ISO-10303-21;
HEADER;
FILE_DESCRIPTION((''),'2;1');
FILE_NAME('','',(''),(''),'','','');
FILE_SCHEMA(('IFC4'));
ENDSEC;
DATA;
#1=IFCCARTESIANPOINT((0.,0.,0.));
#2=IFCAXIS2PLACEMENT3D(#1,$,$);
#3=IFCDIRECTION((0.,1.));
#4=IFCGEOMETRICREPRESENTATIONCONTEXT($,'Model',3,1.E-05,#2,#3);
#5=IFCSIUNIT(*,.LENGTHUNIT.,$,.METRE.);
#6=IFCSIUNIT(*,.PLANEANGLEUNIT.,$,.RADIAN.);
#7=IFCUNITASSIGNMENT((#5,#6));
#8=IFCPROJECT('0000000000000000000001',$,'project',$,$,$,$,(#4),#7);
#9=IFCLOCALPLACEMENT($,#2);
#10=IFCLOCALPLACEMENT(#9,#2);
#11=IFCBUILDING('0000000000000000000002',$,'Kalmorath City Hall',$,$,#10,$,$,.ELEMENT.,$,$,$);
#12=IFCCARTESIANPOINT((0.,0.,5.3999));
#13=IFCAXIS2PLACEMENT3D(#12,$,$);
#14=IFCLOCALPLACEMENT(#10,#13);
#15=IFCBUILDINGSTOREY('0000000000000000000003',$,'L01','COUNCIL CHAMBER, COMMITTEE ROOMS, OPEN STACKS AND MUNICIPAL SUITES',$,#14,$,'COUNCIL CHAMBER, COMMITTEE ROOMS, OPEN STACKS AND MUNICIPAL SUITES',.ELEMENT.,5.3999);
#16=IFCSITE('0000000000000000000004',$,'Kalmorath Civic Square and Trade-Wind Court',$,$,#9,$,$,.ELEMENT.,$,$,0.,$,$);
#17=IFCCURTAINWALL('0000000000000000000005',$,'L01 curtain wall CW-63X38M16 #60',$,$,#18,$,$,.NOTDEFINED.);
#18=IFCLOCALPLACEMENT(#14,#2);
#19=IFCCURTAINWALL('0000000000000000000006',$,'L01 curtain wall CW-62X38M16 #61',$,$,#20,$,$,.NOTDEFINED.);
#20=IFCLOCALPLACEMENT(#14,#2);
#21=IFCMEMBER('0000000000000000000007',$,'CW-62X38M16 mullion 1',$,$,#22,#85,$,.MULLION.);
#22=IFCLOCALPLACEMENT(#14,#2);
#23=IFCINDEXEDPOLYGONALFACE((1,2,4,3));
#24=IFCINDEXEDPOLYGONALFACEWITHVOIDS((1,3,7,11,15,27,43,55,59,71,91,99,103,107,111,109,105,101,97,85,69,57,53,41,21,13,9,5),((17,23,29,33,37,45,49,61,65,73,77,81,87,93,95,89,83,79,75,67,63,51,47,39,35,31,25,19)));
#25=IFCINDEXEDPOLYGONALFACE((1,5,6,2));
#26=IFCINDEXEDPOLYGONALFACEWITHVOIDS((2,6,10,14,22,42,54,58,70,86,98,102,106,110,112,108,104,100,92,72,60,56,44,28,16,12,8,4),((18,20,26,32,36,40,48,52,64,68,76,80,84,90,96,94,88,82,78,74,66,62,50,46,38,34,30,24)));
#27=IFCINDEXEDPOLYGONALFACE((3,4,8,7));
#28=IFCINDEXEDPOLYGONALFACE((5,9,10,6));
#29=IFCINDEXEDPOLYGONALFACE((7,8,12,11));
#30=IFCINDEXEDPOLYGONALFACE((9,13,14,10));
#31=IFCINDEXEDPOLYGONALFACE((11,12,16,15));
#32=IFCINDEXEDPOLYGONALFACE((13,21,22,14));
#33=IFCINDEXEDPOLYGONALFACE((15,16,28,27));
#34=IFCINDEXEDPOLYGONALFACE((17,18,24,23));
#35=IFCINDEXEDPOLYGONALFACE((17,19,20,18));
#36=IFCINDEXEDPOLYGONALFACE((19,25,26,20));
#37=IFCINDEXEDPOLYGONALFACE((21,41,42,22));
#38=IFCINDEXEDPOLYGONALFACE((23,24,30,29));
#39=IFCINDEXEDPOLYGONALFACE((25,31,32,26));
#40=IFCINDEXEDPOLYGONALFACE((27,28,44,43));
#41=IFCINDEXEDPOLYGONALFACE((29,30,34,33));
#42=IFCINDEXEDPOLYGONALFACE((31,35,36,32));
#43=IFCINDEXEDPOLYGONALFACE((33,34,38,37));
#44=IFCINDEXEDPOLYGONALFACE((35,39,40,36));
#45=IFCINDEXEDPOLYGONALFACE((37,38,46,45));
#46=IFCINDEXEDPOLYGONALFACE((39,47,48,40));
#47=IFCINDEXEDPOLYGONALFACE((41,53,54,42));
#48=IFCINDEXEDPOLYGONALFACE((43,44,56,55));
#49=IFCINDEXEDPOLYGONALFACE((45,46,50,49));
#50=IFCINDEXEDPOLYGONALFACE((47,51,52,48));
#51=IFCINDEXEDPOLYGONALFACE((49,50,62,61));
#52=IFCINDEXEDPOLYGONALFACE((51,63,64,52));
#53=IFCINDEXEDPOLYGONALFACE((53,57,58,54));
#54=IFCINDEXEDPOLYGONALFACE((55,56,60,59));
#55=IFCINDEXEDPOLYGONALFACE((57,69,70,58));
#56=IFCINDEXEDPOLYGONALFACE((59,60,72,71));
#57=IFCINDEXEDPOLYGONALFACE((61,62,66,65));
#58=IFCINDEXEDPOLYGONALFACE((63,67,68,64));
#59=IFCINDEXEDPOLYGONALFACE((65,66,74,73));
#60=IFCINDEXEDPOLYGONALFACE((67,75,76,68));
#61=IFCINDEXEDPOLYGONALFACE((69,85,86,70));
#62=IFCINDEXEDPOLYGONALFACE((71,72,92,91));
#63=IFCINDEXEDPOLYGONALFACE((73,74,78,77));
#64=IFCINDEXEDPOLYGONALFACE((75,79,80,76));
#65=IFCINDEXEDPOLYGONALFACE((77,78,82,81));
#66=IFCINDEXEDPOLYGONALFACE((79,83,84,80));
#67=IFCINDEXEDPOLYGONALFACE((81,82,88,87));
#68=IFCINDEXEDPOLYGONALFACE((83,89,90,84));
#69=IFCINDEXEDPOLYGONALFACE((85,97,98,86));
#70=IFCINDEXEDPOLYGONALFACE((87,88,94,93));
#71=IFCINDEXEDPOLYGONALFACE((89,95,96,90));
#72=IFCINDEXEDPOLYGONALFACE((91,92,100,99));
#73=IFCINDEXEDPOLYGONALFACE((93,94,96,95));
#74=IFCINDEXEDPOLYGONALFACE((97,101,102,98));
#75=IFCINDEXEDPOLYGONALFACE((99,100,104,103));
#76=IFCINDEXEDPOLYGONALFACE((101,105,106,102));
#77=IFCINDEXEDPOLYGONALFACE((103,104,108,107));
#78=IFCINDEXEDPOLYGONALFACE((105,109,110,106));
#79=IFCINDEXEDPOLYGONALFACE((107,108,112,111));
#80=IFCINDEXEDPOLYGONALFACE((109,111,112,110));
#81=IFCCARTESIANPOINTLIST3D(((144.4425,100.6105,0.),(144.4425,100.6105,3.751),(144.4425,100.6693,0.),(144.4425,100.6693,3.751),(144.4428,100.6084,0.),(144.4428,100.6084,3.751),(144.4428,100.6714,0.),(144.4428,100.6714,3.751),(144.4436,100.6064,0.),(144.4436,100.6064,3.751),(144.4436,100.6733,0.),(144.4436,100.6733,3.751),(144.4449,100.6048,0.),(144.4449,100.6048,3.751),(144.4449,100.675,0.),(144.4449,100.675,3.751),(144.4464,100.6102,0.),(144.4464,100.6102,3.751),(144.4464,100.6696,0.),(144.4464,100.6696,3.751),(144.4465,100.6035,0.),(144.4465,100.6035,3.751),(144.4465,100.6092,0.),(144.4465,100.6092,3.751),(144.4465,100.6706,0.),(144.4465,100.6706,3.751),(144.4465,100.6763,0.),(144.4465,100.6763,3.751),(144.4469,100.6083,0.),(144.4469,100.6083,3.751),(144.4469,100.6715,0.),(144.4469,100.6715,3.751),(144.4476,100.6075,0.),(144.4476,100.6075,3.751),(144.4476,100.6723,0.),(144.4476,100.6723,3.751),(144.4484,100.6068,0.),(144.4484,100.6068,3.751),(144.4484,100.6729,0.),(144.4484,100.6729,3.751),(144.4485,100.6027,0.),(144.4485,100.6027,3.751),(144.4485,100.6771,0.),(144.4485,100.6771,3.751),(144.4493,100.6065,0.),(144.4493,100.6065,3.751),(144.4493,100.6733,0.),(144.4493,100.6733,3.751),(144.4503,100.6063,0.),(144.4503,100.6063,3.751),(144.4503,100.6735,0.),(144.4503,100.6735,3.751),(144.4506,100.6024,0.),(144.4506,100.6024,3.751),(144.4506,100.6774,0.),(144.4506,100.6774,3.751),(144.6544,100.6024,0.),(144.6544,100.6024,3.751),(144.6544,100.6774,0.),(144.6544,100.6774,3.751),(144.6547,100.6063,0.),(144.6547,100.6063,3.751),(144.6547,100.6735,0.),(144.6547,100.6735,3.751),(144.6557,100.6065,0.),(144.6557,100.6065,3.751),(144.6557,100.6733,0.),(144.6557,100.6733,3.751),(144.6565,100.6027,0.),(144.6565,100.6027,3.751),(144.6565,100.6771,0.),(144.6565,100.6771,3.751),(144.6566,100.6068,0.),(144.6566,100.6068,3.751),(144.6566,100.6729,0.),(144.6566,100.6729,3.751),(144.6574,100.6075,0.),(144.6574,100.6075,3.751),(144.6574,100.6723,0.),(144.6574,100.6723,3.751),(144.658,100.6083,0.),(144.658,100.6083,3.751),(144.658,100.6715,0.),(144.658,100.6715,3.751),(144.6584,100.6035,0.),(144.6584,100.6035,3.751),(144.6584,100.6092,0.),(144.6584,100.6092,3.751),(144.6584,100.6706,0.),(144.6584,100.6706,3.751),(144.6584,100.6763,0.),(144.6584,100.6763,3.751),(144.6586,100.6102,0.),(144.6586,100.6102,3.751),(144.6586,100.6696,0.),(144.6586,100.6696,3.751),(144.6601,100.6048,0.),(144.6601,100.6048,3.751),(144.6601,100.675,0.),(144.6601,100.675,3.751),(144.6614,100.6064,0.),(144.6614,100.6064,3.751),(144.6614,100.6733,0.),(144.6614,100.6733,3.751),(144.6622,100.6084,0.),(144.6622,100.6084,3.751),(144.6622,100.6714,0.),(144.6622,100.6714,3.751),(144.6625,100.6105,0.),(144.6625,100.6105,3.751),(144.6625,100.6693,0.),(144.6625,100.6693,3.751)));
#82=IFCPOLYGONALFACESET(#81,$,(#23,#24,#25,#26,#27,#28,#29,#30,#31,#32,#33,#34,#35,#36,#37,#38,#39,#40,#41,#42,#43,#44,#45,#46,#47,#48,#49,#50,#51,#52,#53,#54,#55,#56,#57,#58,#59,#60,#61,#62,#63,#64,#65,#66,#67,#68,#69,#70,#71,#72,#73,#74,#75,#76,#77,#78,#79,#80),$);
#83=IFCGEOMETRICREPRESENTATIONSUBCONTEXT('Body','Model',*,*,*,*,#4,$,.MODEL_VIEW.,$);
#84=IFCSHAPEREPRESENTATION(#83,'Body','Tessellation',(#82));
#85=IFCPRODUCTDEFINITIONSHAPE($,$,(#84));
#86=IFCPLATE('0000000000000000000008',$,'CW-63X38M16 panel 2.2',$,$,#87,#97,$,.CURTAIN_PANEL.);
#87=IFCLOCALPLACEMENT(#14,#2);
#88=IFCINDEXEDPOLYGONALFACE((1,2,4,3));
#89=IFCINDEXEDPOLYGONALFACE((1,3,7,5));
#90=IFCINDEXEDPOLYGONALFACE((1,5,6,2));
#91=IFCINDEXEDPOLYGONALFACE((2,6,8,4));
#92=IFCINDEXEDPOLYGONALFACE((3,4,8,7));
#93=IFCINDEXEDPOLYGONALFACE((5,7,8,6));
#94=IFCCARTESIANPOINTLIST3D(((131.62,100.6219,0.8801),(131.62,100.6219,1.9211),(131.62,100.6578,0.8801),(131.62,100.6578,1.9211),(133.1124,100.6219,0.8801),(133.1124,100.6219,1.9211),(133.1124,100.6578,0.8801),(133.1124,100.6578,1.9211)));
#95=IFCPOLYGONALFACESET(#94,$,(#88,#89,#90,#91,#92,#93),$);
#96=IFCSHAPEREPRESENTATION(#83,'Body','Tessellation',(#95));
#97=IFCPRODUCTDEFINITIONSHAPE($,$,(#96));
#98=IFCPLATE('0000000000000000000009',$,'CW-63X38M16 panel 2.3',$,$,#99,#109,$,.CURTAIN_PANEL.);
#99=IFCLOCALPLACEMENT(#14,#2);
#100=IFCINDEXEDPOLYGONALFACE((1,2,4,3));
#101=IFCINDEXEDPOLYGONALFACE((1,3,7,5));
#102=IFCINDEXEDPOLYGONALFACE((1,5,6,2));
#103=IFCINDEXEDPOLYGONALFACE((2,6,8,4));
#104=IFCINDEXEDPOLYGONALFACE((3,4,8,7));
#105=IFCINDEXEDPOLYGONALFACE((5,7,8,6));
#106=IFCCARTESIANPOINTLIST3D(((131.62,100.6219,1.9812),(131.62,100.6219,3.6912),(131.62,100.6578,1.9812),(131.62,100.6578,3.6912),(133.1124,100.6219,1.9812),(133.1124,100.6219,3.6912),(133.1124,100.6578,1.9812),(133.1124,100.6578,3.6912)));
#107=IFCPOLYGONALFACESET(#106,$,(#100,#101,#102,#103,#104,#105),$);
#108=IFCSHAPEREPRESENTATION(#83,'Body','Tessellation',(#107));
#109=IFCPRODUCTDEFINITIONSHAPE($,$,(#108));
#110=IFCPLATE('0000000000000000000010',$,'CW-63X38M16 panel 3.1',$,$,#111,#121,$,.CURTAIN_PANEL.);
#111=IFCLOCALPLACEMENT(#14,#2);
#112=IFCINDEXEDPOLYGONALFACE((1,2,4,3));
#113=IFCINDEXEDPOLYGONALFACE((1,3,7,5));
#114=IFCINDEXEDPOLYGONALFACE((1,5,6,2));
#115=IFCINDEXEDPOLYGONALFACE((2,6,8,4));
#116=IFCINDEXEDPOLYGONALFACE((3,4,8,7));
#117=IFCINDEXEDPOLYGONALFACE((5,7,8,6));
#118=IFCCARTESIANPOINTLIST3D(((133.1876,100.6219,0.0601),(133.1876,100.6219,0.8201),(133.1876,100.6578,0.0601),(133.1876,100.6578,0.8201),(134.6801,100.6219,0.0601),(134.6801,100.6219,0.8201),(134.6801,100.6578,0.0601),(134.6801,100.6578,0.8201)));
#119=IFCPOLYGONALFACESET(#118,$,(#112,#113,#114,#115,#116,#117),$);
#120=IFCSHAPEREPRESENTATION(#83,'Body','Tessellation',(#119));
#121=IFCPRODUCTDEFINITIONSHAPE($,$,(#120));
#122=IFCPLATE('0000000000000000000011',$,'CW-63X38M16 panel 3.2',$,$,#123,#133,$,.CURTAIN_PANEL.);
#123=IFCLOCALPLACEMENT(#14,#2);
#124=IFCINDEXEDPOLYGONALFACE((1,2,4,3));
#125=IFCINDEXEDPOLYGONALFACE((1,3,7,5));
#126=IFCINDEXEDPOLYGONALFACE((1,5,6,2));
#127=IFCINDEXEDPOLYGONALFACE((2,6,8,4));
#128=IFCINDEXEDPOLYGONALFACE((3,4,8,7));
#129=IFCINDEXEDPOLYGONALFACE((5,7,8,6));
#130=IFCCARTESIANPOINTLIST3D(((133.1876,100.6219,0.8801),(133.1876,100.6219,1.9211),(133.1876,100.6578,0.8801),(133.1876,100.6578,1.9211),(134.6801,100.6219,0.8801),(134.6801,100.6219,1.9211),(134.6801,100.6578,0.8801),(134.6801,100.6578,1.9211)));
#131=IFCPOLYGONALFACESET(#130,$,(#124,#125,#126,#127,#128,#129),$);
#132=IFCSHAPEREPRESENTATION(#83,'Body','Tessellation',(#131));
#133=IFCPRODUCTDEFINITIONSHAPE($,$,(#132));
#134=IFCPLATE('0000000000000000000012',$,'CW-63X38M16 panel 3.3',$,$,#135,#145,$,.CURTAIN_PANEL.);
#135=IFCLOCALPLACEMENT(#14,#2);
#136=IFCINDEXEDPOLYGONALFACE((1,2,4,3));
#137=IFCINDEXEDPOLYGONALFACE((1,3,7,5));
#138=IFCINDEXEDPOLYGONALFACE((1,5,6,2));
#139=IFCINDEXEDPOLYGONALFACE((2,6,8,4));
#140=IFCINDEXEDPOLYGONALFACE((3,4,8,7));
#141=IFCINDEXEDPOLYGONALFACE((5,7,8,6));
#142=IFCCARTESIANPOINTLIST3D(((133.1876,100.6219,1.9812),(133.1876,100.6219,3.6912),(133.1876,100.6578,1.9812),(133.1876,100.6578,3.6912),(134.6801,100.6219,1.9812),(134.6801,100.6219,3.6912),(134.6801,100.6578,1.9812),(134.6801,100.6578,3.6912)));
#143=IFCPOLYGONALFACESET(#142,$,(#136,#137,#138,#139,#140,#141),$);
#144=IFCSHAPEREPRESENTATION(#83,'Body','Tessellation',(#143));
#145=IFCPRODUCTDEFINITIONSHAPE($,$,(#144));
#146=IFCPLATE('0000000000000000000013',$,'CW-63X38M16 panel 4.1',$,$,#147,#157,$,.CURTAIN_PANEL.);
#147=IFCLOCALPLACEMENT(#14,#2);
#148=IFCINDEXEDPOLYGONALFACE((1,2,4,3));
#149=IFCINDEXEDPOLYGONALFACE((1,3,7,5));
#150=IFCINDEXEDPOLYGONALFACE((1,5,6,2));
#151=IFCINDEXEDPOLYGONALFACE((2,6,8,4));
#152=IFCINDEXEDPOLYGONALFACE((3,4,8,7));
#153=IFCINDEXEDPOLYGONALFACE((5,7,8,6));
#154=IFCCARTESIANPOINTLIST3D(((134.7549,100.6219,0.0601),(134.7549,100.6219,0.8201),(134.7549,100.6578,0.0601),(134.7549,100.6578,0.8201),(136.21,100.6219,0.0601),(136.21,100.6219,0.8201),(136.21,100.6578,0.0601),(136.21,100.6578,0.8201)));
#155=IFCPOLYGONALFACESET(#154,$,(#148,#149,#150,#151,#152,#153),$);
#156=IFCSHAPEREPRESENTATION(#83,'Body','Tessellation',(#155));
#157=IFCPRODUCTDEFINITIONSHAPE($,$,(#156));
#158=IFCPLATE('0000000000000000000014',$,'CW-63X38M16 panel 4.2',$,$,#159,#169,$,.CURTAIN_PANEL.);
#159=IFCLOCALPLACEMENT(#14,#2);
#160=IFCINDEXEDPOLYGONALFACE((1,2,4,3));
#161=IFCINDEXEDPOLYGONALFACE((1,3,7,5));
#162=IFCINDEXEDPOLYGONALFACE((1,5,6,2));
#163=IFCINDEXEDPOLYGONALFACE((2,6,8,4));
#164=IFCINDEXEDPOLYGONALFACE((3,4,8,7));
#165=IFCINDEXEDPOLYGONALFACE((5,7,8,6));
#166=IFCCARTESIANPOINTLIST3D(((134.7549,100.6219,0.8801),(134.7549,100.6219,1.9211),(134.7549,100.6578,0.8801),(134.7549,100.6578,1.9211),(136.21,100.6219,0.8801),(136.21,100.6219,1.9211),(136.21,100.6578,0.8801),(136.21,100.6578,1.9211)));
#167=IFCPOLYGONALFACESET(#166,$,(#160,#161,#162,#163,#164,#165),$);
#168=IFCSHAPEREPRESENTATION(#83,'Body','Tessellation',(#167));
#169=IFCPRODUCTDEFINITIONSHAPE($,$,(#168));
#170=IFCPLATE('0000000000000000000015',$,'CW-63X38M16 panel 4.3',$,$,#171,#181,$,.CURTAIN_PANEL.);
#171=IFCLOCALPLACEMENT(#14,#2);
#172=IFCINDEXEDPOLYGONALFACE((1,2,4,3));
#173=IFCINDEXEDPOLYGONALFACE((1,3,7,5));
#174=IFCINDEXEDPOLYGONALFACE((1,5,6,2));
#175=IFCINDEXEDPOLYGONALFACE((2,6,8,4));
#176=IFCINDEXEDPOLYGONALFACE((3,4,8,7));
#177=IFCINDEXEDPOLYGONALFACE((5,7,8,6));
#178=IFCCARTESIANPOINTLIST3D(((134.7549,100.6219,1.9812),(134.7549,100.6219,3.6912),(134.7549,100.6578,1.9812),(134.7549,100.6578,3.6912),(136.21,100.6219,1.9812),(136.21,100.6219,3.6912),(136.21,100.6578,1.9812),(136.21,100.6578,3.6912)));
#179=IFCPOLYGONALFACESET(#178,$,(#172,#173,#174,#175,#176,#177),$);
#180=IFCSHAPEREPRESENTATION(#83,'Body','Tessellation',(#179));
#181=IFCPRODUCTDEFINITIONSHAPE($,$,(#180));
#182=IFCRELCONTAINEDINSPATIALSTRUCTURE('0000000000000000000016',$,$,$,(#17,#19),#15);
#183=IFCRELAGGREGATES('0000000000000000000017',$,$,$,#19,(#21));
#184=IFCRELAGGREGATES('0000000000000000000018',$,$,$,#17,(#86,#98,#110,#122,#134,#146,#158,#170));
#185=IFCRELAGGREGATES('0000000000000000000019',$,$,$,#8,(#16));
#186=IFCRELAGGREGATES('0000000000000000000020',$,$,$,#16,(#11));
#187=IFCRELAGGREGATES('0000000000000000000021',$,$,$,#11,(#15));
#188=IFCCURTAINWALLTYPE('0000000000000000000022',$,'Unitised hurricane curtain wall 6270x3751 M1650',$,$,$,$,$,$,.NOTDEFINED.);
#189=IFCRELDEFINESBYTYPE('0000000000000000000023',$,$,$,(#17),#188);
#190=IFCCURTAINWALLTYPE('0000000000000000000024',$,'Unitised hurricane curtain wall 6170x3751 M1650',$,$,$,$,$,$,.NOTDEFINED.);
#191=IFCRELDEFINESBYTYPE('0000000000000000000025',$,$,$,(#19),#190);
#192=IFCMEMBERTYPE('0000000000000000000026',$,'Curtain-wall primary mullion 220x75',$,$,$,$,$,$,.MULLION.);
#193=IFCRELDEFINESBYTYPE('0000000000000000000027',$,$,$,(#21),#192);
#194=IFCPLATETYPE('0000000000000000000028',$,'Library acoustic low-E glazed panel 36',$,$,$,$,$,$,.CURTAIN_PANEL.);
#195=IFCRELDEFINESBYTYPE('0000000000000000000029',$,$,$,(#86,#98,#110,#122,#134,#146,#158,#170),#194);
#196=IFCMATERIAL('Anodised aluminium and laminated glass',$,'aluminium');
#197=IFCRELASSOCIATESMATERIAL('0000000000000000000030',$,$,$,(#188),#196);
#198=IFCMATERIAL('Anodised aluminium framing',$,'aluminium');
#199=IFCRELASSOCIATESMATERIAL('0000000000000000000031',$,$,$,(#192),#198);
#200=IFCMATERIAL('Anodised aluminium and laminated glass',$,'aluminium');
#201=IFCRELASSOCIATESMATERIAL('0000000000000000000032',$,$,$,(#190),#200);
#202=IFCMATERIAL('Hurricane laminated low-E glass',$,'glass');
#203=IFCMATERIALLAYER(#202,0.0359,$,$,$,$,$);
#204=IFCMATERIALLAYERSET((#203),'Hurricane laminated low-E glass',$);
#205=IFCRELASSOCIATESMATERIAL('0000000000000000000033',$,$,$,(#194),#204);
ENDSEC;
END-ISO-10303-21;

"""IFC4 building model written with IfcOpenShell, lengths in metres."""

from ifc_helpers import new_model, si_unit, direction, frame, origin, origin_2d, place, context, subcontext, project, spatial, rectangle, hollow_rectangle, extrude, material, layer, layer_set, material_profile, profile_set, type_object, element, aggregate, save


model = new_model("IFC4")

# Units and contexts
model_context = context("Model", 3, precision=1e-05, world=origin(), true_north=direction((0.0, 1.0)))
body_context = subcontext(model_context, "Body", "Model", "MODEL_VIEW")
ifc_project = project(units=[si_unit("LENGTHUNIT", "METRE"), si_unit("PLANEANGLEUNIT", "RADIAN")], contexts=[model_context])

# Site, building, storey
site_placement = place(None, origin())
site = spatial("IfcSite", under=ifc_project, at=site_placement, Name="Kalmorath Civic Square and Trade-Wind Court", CompositionType="ELEMENT", RefElevation=0.0)
building_placement = place(site_placement, origin())
building = spatial("IfcBuilding", under=site, at=building_placement, Name="Kalmorath City Hall", CompositionType="ELEMENT")
storey_placement = place(building_placement, frame((0.0, 0.0, 5.3999)))
storey = spatial("IfcBuildingStorey", under=building, at=storey_placement, Name="L01", Description="COUNCIL CHAMBER, COMMITTEE ROOMS, OPEN STACKS AND MUNICIPAL SUITES", LongName="COUNCIL CHAMBER, COMMITTEE ROOMS, OPEN STACKS AND MUNICIPAL SUITES", CompositionType="ELEMENT", Elevation=5.3999)

# Curtain wall
ifc_material_1 = material(Name="Anodised aluminium and laminated glass", Category="aluminium")
curtain_wall_type_1 = type_object("IfcCurtainWallType", Name="Unitised hurricane curtain wall 6270x3751 M1650", PredefinedType="NOTDEFINED", material=ifc_material_1)
curtain_wall_1_placement = place(storey_placement, origin())
curtain_wall_1 = element("IfcCurtainWall", 1, at=curtain_wall_1_placement, inside=storey, type_object=curtain_wall_type_1, Name="L01 curtain wall CW-63X38M16 #60", PredefinedType="NOTDEFINED")
ifc_material_2 = material(Name="Anodised aluminium framing", Category="aluminium")
ifc_material_profile_1 = material_profile(ifc_material_2, hollow_rectangle(XDim=0.075, YDim=0.22, WallThickness=0.0039, InnerFilletRadius=0.0039, OuterFilletRadius=0.0081, at=origin_2d()), Name="ALU-MUL-220X75X4")
ifc_profile_set_1 = profile_set([ifc_material_profile_1], Name="Anodised aluminium framing")
member_type_1 = type_object("IfcMemberType", Name="Curtain-wall primary mullion 220x75", PredefinedType="MULLION", material=ifc_profile_set_1)

# Curtain wall, member
ifc_material_3 = material(Name="Anodised aluminium and laminated glass", Category="aluminium")
curtain_wall_type_2 = type_object("IfcCurtainWallType", Name="Unitised hurricane curtain wall 6170x3751 M1650", PredefinedType="NOTDEFINED", material=ifc_material_3)
curtain_wall_2_placement = place(storey_placement, origin())
curtain_wall_2 = element("IfcCurtainWall", 2, at=curtain_wall_2_placement, inside=storey, type_object=curtain_wall_type_2, Name="L01 curtain wall CW-62X38M16 #61", PredefinedType="NOTDEFINED")
member_1_placement = place(storey_placement, frame((144.5525, 100.6399, 0.0), z_axis=(0.0, 0.0, 1.0), x_axis=(0.0, 1.0, 0.0)))
member_1 = element("IfcMember", 3, at=member_1_placement, type_object=member_type_1, Name="CW-62X38M16 mullion 1", PredefinedType="MULLION", context=body_context, shape_type="SweptSolid", body=[
    extrude(hollow_rectangle(XDim=0.075, YDim=0.22, WallThickness=0.0039, InnerFilletRadius=0.0039, OuterFilletRadius=0.0081, at=origin_2d()), origin(), (0.0, 0.0, 1.0), 3.751),
])
aggregate(curtain_wall_2, [member_1])

# Plates
ifc_material_4 = material(Name="Hurricane laminated low-E glass", Category="glass")
ifc_layer_1 = layer(ifc_material_4, 0.0359)
ifc_layer_set_1 = layer_set([ifc_layer_1], Name="Hurricane laminated low-E glass")
plate_type = type_object("IfcPlateType", Name="Library acoustic low-E glazed panel 36", PredefinedType="CURTAIN_PANEL", material=ifc_layer_set_1)
plate_1_placement = place(storey_placement, frame((132.3662, 100.6399, 0.8801), z_axis=(0.0, 0.0, 1.0), x_axis=(1.0, 0.0, 0.0)))
plate_1 = element("IfcPlate", 4, at=plate_1_placement, type_object=plate_type, Name="CW-63X38M16 panel 2.2", PredefinedType="CURTAIN_PANEL", context=body_context, shape_type="SweptSolid", body=[
    extrude(rectangle(XDim=1.4924, YDim=0.0359, at=origin_2d()), origin(), (0.0, 0.0, 1.0), 1.041),
])
plate_2_placement = place(storey_placement, frame((132.3662, 100.6399, 1.9812), z_axis=(0.0, 0.0, 1.0), x_axis=(1.0, 0.0, 0.0)))
plate_2 = element("IfcPlate", 5, at=plate_2_placement, type_object=plate_type, Name="CW-63X38M16 panel 2.3", PredefinedType="CURTAIN_PANEL", context=body_context, shape_type="SweptSolid", body=[
    extrude(rectangle(XDim=1.4924, YDim=0.0359, at=origin_2d()), origin(), (0.0, 0.0, 1.0), 1.71),
])
plate_3_placement = place(storey_placement, frame((133.9338, 100.6399, 0.0601), z_axis=(0.0, 0.0, 1.0), x_axis=(1.0, 0.0, 0.0)))
plate_3 = element("IfcPlate", 6, at=plate_3_placement, type_object=plate_type, Name="CW-63X38M16 panel 3.1", PredefinedType="CURTAIN_PANEL", context=body_context, shape_type="SweptSolid", body=[
    extrude(rectangle(XDim=1.4924, YDim=0.0359, at=origin_2d()), origin(), (0.0, 0.0, 1.0), 0.76),
])
plate_4_placement = place(storey_placement, frame((133.9338, 100.6399, 0.8801), z_axis=(0.0, 0.0, 1.0), x_axis=(1.0, 0.0, 0.0)))
plate_4 = element("IfcPlate", 7, at=plate_4_placement, type_object=plate_type, Name="CW-63X38M16 panel 3.2", PredefinedType="CURTAIN_PANEL", context=body_context, shape_type="SweptSolid", body=[
    extrude(rectangle(XDim=1.4924, YDim=0.0359, at=origin_2d()), origin(), (0.0, 0.0, 1.0), 1.041),
])
plate_5_placement = place(storey_placement, frame((133.9338, 100.6399, 1.9812), z_axis=(0.0, 0.0, 1.0), x_axis=(1.0, 0.0, 0.0)))
plate_5 = element("IfcPlate", 8, at=plate_5_placement, type_object=plate_type, Name="CW-63X38M16 panel 3.3", PredefinedType="CURTAIN_PANEL", context=body_context, shape_type="SweptSolid", body=[
    extrude(rectangle(XDim=1.4924, YDim=0.0359, at=origin_2d()), origin(), (0.0, 0.0, 1.0), 1.71),
])
plate_6_placement = place(storey_placement, frame((135.4824, 100.6399, 0.0601), z_axis=(0.0, 0.0, 1.0), x_axis=(1.0, 0.0, 0.0)))
plate_6 = element("IfcPlate", 9, at=plate_6_placement, type_object=plate_type, Name="CW-63X38M16 panel 4.1", PredefinedType="CURTAIN_PANEL", context=body_context, shape_type="SweptSolid", body=[
    extrude(rectangle(XDim=1.4551, YDim=0.0359, at=origin_2d()), origin(), (0.0, 0.0, 1.0), 0.76),
])
plate_7_placement = place(storey_placement, frame((135.4824, 100.6399, 0.8801), z_axis=(0.0, 0.0, 1.0), x_axis=(1.0, 0.0, 0.0)))
plate_7 = element("IfcPlate", 10, at=plate_7_placement, type_object=plate_type, Name="CW-63X38M16 panel 4.2", PredefinedType="CURTAIN_PANEL", context=body_context, shape_type="SweptSolid", body=[
    extrude(rectangle(XDim=1.4551, YDim=0.0359, at=origin_2d()), origin(), (0.0, 0.0, 1.0), 1.041),
])
plate_8_placement = place(storey_placement, frame((135.4824, 100.6399, 1.9812), z_axis=(0.0, 0.0, 1.0), x_axis=(1.0, 0.0, 0.0)))
plate_8 = element("IfcPlate", 11, at=plate_8_placement, type_object=plate_type, Name="CW-63X38M16 panel 4.3", PredefinedType="CURTAIN_PANEL", context=body_context, shape_type="SweptSolid", body=[
    extrude(rectangle(XDim=1.4551, YDim=0.0359, at=origin_2d()), origin(), (0.0, 0.0, 1.0), 1.71),
])
aggregate(curtain_wall_1, [plate_1, plate_2, plate_3, plate_4, plate_5, plate_6, plate_7, plate_8])

save(model, "model.ifc")
